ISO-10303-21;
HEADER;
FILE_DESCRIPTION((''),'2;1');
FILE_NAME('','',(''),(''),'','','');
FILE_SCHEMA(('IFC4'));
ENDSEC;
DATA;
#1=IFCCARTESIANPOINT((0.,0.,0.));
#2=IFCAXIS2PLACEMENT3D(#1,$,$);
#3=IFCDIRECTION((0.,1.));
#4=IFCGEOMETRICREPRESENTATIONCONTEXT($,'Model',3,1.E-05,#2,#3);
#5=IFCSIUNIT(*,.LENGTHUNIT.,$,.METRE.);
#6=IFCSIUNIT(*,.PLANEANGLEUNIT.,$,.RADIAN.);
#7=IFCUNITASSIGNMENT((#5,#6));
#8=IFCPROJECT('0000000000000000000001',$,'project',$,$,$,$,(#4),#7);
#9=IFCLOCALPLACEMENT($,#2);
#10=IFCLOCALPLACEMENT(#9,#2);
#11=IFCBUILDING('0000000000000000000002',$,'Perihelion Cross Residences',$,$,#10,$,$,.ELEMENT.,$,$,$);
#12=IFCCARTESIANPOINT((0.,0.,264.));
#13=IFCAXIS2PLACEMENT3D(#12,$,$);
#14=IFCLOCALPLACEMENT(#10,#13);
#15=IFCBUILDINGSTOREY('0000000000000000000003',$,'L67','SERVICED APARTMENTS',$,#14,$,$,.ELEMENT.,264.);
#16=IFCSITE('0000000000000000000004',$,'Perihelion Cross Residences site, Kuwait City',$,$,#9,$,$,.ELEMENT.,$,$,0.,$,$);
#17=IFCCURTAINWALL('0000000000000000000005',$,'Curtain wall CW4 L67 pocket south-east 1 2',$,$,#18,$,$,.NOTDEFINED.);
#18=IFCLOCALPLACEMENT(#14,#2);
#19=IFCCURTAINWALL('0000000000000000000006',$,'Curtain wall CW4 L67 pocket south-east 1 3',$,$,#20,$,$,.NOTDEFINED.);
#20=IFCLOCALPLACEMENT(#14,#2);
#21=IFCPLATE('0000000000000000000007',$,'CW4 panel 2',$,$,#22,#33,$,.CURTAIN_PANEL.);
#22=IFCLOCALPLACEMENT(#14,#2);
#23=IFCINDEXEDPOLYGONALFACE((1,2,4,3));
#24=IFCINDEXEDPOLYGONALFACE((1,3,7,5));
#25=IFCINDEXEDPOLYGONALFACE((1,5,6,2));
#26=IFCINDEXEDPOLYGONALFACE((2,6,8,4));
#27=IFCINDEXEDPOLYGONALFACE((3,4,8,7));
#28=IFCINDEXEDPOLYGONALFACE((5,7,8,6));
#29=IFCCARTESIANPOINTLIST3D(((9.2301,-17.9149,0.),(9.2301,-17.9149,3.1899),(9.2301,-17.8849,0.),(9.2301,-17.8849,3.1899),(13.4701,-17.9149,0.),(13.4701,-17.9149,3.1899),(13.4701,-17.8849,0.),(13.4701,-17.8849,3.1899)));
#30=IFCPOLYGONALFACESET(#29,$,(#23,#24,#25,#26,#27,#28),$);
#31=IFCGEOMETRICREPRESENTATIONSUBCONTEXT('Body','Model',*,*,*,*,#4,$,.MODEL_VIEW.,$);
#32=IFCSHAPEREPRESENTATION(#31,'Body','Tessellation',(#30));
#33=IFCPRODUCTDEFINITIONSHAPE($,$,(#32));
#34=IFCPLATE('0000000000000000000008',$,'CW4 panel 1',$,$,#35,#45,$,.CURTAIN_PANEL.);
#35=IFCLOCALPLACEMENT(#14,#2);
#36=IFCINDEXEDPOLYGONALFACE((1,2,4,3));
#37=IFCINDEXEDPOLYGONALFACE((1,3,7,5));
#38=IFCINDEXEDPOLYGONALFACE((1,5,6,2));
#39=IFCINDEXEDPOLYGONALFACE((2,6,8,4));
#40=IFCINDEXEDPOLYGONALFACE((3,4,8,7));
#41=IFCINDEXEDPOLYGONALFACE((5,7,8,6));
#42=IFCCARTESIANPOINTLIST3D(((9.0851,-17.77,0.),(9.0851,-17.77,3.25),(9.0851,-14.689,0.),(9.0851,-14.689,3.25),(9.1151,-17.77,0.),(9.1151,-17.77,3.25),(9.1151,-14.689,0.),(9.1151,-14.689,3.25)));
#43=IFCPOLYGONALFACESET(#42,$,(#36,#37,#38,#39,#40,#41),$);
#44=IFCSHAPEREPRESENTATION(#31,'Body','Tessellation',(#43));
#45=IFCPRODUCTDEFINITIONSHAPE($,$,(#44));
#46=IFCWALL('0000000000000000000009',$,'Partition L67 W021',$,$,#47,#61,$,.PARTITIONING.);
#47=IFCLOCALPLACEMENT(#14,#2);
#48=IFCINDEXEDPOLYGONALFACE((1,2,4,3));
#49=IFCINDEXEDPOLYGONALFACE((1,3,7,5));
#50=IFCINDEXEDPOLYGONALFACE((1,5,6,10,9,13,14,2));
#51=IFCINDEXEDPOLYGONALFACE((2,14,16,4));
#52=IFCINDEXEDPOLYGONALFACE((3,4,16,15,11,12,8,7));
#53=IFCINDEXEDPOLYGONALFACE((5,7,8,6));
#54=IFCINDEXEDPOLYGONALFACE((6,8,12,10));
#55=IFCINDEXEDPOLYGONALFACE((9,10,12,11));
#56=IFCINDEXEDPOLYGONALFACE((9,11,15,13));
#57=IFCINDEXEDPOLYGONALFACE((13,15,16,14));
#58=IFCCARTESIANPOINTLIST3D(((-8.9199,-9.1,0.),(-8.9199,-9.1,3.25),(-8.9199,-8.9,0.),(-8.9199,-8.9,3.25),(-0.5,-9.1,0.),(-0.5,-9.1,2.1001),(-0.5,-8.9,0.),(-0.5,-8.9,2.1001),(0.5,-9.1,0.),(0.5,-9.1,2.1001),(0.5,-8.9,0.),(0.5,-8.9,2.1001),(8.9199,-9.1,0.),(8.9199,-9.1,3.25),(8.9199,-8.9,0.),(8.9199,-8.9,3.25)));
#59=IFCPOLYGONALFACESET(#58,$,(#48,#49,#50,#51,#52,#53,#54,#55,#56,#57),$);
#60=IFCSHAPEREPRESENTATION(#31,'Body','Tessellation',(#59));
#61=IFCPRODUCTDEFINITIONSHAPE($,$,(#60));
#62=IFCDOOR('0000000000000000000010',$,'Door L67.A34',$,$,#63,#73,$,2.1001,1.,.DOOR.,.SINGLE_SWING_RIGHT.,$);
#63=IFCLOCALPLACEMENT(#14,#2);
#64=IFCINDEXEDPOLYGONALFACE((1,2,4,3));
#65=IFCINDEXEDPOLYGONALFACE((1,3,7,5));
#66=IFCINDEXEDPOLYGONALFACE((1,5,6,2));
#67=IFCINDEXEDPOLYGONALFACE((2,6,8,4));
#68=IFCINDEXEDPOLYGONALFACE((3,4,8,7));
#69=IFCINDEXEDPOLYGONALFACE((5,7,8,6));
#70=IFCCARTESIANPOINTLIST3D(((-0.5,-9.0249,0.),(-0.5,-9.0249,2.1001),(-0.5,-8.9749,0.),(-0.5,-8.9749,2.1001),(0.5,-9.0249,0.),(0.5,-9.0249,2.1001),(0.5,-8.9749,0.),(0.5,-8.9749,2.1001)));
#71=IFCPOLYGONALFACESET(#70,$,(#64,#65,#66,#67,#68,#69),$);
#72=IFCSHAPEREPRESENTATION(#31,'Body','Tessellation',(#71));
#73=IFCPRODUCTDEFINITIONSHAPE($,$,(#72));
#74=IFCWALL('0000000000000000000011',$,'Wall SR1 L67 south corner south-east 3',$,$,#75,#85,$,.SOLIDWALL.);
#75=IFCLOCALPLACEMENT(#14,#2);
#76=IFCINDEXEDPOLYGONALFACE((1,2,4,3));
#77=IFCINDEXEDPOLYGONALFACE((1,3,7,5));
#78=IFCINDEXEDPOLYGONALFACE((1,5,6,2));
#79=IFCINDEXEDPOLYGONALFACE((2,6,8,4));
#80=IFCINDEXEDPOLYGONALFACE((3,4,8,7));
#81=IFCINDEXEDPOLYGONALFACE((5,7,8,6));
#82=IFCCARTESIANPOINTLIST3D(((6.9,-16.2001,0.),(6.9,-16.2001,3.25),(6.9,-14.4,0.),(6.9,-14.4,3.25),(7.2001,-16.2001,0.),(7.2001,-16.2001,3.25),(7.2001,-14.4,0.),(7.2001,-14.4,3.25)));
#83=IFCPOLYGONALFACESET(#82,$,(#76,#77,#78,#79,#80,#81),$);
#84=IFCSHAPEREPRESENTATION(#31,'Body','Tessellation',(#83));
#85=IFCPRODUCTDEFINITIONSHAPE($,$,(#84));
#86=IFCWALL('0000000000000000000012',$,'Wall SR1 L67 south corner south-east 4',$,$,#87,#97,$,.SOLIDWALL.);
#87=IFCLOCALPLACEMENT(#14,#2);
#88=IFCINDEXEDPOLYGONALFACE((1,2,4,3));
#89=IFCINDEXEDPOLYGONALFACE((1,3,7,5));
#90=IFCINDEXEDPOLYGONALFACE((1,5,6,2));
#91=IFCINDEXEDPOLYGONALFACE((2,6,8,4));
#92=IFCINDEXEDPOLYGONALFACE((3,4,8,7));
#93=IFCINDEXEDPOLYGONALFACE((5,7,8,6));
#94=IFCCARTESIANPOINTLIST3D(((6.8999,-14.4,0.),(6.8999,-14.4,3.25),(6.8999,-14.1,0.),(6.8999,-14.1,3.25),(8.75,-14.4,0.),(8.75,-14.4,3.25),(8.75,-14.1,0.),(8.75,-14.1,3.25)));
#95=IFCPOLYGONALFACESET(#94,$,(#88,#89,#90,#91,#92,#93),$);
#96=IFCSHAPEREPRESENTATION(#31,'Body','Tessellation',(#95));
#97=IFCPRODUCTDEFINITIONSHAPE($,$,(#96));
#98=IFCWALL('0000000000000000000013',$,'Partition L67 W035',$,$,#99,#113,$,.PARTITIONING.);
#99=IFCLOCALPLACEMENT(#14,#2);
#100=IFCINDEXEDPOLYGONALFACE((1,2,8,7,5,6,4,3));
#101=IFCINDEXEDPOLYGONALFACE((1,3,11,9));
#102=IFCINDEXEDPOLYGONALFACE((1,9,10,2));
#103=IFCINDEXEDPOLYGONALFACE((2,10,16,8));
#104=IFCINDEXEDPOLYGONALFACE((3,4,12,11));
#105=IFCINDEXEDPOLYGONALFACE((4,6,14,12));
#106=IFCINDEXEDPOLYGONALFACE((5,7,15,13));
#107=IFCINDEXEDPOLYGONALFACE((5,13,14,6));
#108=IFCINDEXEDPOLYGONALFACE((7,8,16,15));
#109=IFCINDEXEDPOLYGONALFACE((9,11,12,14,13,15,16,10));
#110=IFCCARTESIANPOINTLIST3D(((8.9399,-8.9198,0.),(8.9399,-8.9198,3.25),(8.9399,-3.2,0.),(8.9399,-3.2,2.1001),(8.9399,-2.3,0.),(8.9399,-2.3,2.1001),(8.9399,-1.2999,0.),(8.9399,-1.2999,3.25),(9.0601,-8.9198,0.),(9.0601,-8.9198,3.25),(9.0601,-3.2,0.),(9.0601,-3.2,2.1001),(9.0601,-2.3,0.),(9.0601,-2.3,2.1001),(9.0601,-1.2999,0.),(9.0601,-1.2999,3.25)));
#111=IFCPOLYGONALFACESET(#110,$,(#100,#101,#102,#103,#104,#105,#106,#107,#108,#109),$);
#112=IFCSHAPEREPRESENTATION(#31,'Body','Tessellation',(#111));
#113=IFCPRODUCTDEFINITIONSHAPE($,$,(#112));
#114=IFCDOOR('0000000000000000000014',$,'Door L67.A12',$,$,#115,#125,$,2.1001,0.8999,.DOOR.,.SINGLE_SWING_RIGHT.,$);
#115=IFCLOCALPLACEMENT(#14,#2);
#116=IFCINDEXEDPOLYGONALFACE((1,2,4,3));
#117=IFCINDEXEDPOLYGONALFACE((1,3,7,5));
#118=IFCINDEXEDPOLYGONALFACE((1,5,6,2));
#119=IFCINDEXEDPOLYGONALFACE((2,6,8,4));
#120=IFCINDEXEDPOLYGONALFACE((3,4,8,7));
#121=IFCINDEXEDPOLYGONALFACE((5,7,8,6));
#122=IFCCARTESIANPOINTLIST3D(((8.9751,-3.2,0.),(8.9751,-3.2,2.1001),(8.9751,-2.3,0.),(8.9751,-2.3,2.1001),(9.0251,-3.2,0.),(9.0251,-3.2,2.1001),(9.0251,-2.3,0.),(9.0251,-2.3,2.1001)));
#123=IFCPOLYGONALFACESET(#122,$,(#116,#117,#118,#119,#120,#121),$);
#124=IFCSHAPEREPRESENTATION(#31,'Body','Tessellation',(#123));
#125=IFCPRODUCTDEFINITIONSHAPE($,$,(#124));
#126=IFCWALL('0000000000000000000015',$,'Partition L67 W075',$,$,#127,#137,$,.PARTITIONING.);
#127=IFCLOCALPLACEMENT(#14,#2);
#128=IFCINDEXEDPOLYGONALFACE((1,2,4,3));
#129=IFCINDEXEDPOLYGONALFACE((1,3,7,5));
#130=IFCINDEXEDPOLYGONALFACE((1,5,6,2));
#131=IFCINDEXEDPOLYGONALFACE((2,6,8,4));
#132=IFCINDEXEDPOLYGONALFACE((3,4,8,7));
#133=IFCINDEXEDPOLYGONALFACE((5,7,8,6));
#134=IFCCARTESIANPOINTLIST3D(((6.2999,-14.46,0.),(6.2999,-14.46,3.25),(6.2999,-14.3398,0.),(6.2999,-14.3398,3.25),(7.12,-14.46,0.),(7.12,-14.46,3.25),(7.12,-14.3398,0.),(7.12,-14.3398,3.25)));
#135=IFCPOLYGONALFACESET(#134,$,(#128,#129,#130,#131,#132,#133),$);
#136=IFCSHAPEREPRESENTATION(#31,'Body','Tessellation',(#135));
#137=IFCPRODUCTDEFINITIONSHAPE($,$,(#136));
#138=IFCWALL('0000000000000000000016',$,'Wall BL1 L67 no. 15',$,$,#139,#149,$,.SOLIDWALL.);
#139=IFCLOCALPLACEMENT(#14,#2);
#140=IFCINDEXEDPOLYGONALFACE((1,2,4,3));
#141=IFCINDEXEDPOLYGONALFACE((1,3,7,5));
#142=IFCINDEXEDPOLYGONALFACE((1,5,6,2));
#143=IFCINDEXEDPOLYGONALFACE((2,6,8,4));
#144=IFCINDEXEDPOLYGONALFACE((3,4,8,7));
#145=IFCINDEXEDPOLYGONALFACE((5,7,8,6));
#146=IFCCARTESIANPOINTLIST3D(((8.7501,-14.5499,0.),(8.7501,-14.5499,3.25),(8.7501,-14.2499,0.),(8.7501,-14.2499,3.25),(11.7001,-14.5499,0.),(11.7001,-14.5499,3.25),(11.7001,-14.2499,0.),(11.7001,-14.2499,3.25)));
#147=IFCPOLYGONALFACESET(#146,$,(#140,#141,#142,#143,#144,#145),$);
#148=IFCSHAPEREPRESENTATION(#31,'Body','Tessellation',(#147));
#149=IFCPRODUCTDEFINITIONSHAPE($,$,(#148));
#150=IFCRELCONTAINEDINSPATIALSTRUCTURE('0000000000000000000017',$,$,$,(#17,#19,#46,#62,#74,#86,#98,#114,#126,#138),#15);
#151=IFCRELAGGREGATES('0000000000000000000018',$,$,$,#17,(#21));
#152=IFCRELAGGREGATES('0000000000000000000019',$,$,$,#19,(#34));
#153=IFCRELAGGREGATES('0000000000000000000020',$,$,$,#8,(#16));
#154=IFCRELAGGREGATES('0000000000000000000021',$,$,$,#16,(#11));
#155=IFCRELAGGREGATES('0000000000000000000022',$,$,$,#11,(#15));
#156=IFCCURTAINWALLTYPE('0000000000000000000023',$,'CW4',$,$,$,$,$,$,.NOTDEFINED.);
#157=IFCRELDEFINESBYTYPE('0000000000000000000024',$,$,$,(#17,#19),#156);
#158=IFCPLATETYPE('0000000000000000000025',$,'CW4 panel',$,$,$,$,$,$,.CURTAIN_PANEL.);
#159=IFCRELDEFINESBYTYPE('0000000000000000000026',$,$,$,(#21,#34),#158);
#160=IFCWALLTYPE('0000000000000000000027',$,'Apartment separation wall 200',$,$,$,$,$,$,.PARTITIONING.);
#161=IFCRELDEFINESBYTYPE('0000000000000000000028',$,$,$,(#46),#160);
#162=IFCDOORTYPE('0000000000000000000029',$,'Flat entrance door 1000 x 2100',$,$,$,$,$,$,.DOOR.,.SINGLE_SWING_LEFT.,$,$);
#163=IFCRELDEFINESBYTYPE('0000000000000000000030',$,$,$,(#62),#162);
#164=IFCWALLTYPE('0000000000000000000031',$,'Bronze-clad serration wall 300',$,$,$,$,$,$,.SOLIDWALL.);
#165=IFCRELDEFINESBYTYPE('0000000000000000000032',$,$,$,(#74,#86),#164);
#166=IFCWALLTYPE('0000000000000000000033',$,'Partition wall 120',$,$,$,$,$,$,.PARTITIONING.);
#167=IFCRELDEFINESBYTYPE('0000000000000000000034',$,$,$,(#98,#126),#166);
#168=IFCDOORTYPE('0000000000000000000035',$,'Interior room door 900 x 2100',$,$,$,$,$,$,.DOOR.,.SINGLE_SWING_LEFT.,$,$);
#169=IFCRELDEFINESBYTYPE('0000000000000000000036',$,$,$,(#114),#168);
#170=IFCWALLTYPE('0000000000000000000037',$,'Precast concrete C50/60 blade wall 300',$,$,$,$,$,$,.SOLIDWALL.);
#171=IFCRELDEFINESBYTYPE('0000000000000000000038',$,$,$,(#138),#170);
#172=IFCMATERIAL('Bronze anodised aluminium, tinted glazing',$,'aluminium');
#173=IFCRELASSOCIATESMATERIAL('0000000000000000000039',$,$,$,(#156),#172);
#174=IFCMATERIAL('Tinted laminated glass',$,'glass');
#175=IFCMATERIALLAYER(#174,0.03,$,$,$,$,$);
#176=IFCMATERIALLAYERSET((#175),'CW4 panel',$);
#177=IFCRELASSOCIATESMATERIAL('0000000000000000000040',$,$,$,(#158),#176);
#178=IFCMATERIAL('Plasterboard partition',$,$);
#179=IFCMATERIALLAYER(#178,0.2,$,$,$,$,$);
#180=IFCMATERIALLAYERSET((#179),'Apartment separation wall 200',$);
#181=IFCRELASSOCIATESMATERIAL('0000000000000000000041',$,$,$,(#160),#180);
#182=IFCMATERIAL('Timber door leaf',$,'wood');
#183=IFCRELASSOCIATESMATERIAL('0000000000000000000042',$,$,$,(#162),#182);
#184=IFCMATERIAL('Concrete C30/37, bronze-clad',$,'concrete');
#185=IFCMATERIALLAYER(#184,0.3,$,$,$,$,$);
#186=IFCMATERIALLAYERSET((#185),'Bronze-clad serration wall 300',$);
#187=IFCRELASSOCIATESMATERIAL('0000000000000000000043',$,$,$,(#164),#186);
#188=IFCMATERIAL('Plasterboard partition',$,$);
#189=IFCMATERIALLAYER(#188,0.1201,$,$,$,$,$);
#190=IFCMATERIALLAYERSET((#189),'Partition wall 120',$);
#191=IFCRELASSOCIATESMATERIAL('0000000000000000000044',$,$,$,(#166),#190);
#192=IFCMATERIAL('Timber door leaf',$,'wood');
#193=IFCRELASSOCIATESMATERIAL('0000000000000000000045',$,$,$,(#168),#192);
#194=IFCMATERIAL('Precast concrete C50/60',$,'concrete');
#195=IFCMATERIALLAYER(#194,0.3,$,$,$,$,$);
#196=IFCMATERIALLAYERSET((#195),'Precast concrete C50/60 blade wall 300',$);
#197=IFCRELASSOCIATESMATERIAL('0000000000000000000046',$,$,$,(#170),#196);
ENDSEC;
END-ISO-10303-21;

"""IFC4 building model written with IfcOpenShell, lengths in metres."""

from ifc_helpers import new_model, si_unit, direction, frame, frame_2d, origin, origin_2d, place, context, subcontext, project, spatial, rectangle, extrude, material, layer, layer_set, type_object, element, fill, aggregate, save


model = new_model("IFC4")

# Units and contexts
model_context = context("Model", 3, precision=1e-05, world=origin(), true_north=direction((0.0, 1.0)))
body_context = subcontext(model_context, "Body", "Model", "MODEL_VIEW")
ifc_project = project(units=[si_unit("LENGTHUNIT", "METRE"), si_unit("PLANEANGLEUNIT", "RADIAN")], contexts=[model_context])

# Site, building, storey
site_placement = place(None, origin())
site = spatial("IfcSite", under=ifc_project, at=site_placement, Name="Perihelion Cross Residences site, Kuwait City", CompositionType="ELEMENT", RefElevation=0.0)
building_placement = place(site_placement, origin())
building = spatial("IfcBuilding", under=site, at=building_placement, Name="Perihelion Cross Residences", CompositionType="ELEMENT")
storey_placement = place(building_placement, frame((0.0, 0.0, 264.0)))
storey = spatial("IfcBuildingStorey", under=building, at=storey_placement, Name="L67", Description="SERVICED APARTMENTS", CompositionType="ELEMENT", Elevation=264.0)

# Curtain wall
ifc_material_1 = material(Name="Bronze anodised aluminium, tinted glazing", Category="aluminium")
curtain_wall_type_1 = type_object("IfcCurtainWallType", Name="CW4", PredefinedType="NOTDEFINED", material=ifc_material_1)
curtain_wall_1_placement = place(storey_placement, origin())
curtain_wall_1 = element("IfcCurtainWall", 1, at=curtain_wall_1_placement, inside=storey, type_object=curtain_wall_type_1, Name="Curtain wall CW4 L67 pocket south-east 1 2", PredefinedType="NOTDEFINED")

# Curtain wall
curtain_wall_2_placement = place(storey_placement, origin())
curtain_wall_2 = element("IfcCurtainWall", 2, at=curtain_wall_2_placement, inside=storey, type_object=curtain_wall_type_1, Name="Curtain wall CW4 L67 pocket south-east 1 3", PredefinedType="NOTDEFINED")

# Plates
ifc_material_2 = material(Name="Tinted laminated glass", Category="glass")
ifc_layer_1 = layer(ifc_material_2, 0.03)
ifc_layer_set_1 = layer_set([ifc_layer_1], Name="CW4 panel")
plate_type_1 = type_object("IfcPlateType", Name="CW4 panel", PredefinedType="CURTAIN_PANEL", material=ifc_layer_set_1)
plate_1_placement = place(storey_placement, frame((11.3501, -17.8999, 0.0), z_axis=(0.0, 0.0, 1.0), x_axis=(-1.0, 0.0, 0.0)))
plate_1 = element("IfcPlate", 3, at=plate_1_placement, type_object=plate_type_1, Name="CW4 panel 2", PredefinedType="CURTAIN_PANEL", context=body_context, shape_type="SweptSolid", body=[
    extrude(rectangle(XDim=4.24, YDim=0.03, at=origin_2d()), origin(), (0.0, 0.0, 1.0), 3.1899),
])
aggregate(curtain_wall_1, [plate_1])
plate_2_placement = place(storey_placement, frame((9.1001, -16.2295, 0.0), z_axis=(0.0, 0.0, 1.0), x_axis=(0.0, 1.0, 0.0)))
plate_2 = element("IfcPlate", 4, at=plate_2_placement, type_object=plate_type_1, Name="CW4 panel 1", PredefinedType="CURTAIN_PANEL", context=body_context, shape_type="SweptSolid", body=[
    extrude(rectangle(XDim=3.0811, YDim=0.03, at=origin_2d()), origin(), (0.0, 0.0, 1.0), 3.25),
])
aggregate(curtain_wall_2, [plate_2])

# Wall, opening, door
ifc_material_3 = material(Name="Plasterboard partition")
ifc_layer_2 = layer(ifc_material_3, 0.2)
ifc_layer_set_2 = layer_set([ifc_layer_2], Name="Apartment separation wall 200")
wall_type_1 = type_object("IfcWallType", Name="Apartment separation wall 200", PredefinedType="PARTITIONING", material=ifc_layer_set_2)
wall_1_placement = place(storey_placement, frame((8.9199, -9.0, 0.0), z_axis=(0.0, 0.0, 1.0), x_axis=(-1.0, 0.0, 0.0)))
wall_1 = element("IfcWall", 5, at=wall_1_placement, inside=storey, type_object=wall_type_1, Name="Partition L67 W021", PredefinedType="PARTITIONING", context=body_context, shape_type="SweptSolid", body=[
    extrude(rectangle(XDim=17.8398, YDim=0.2, at=frame_2d((8.9199, 0.0))), origin(), (0.0, 0.0, 1.0), 3.25),
])
opening_1_placement = place(wall_1_placement, frame((8.4199, 0.0, 0.0)))
opening_1 = element("IfcOpeningElement", 6, at=opening_1_placement, cuts=wall_1, PredefinedType="OPENING", context=body_context, shape_type="SweptSolid", body=[
    extrude(rectangle(XDim=1.0, YDim=2.1001, at=frame_2d((0.5, 1.05))), frame((0.0, 0.1099, 0.0), z_axis=(0.0, -1.0, 0.0), x_axis=(1.0, 0.0, 0.0)), (0.0, 0.0, 1.0), 0.22),
])
ifc_material_4 = material(Name="Timber door leaf", Category="wood")
door_type_1 = type_object("IfcDoorType", Name="Flat entrance door 1000 x 2100", OperationType="SINGLE_SWING_LEFT", PredefinedType="DOOR", material=ifc_material_4)
door_1_placement = place(opening_1_placement, origin())
door_1 = element("IfcDoor", 7, at=door_1_placement, inside=storey, type_object=door_type_1, Name="Door L67.A34", OperationType="SINGLE_SWING_RIGHT", OverallHeight=2.1001, OverallWidth=1.0, PredefinedType="DOOR", context=body_context, shape_type="SweptSolid", body=[
    extrude(rectangle(XDim=1.0, YDim=2.1001, at=frame_2d((0.5, 1.05))), frame((0.0, 0.0249, 0.0), z_axis=(0.0, -1.0, 0.0), x_axis=(1.0, 0.0, 0.0)), (0.0, 0.0, 1.0), 0.05),
])
fill(opening_1, door_1)

# Walls
ifc_material_5 = material(Name="Concrete C30/37, bronze-clad", Category="concrete")
ifc_layer_3 = layer(ifc_material_5, 0.3)
ifc_layer_set_3 = layer_set([ifc_layer_3], Name="Bronze-clad serration wall 300")
wall_type_2 = type_object("IfcWallType", Name="Bronze-clad serration wall 300", PredefinedType="SOLIDWALL", material=ifc_layer_set_3)
wall_2_placement = place(storey_placement, frame((7.05, -16.2, 0.0), z_axis=(0.0, 0.0, 1.0), x_axis=(0.0, 1.0, 0.0)))
element("IfcWall", 8, at=wall_2_placement, inside=storey, type_object=wall_type_2, Name="Wall SR1 L67 south corner south-east 3", PredefinedType="SOLIDWALL", context=body_context, shape_type="SweptSolid", body=[
    extrude(rectangle(XDim=1.8, YDim=0.3, at=frame_2d((0.8999, 0.0))), origin(), (0.0, 0.0, 1.0), 3.25),
])
wall_3_placement = place(storey_placement, frame((6.8999, -14.25, 0.0), z_axis=(0.0, 0.0, 1.0), x_axis=(1.0, 0.0, 0.0)))
element("IfcWall", 9, at=wall_3_placement, inside=storey, type_object=wall_type_2, Name="Wall SR1 L67 south corner south-east 4", PredefinedType="SOLIDWALL", context=body_context, shape_type="SweptSolid", body=[
    extrude(rectangle(XDim=1.8501, YDim=0.3, at=frame_2d((0.925, 0.0))), origin(), (0.0, 0.0, 1.0), 3.25),
])

# Wall, opening, door
ifc_material_6 = material(Name="Plasterboard partition")
ifc_layer_4 = layer(ifc_material_6, 0.1201)
ifc_layer_set_4 = layer_set([ifc_layer_4], Name="Partition wall 120")
wall_type_3 = type_object("IfcWallType", Name="Partition wall 120", PredefinedType="PARTITIONING", material=ifc_layer_set_4)
wall_4_placement = place(storey_placement, frame((9.0, -8.9199, 0.0), z_axis=(0.0, 0.0, 1.0), x_axis=(0.0, 1.0, 0.0)))
wall_4 = element("IfcWall", 10, at=wall_4_placement, inside=storey, type_object=wall_type_3, Name="Partition L67 W035", PredefinedType="PARTITIONING", context=body_context, shape_type="SweptSolid", body=[
    extrude(rectangle(XDim=7.6199, YDim=0.1201, at=frame_2d((3.8101, 0.0))), origin(), (0.0, 0.0, 1.0), 3.25),
])
opening_2_placement = place(wall_4_placement, frame((5.72, 0.0, 0.0)))
opening_2 = element("IfcOpeningElement", 11, at=opening_2_placement, cuts=wall_4, PredefinedType="OPENING", context=body_context, shape_type="SweptSolid", body=[
    extrude(rectangle(XDim=0.8999, YDim=2.1001, at=frame_2d((0.45, 1.05))), frame((0.0, 0.0701, 0.0), z_axis=(0.0, -1.0, 0.0), x_axis=(1.0, 0.0, 0.0)), (0.0, 0.0, 1.0), 0.1401),
])
ifc_material_7 = material(Name="Timber door leaf", Category="wood")
door_type_2 = type_object("IfcDoorType", Name="Interior room door 900 x 2100", OperationType="SINGLE_SWING_LEFT", PredefinedType="DOOR", material=ifc_material_7)
door_2_placement = place(opening_2_placement, origin())
door_2 = element("IfcDoor", 12, at=door_2_placement, inside=storey, type_object=door_type_2, Name="Door L67.A12", OperationType="SINGLE_SWING_RIGHT", OverallHeight=2.1001, OverallWidth=0.8999, PredefinedType="DOOR", context=body_context, shape_type="SweptSolid", body=[
    extrude(rectangle(XDim=0.8999, YDim=2.1001, at=frame_2d((0.45, 1.05))), frame((0.0, 0.0249, 0.0), z_axis=(0.0, -1.0, 0.0), x_axis=(1.0, 0.0, 0.0)), (0.0, 0.0, 1.0), 0.05),
])
fill(opening_2, door_2)

# Walls
wall_5_placement = place(storey_placement, frame((7.1201, -14.3999, 0.0), z_axis=(0.0, 0.0, 1.0), x_axis=(-1.0, 0.0, 0.0)))
element("IfcWall", 13, at=wall_5_placement, inside=storey, type_object=wall_type_3, Name="Partition L67 W075", PredefinedType="PARTITIONING", context=body_context, shape_type="SweptSolid", body=[
    extrude(rectangle(XDim=0.8201, YDim=0.1201, at=frame_2d((0.4102, 0.0))), origin(), (0.0, 0.0, 1.0), 3.25),
])
ifc_material_8 = material(Name="Precast concrete C50/60", Category="concrete")
ifc_layer_5 = layer(ifc_material_8, 0.3)
ifc_layer_set_5 = layer_set([ifc_layer_5], Name="Precast concrete C50/60 blade wall 300")
wall_type_4 = type_object("IfcWallType", Name="Precast concrete C50/60 blade wall 300", PredefinedType="SOLIDWALL", material=ifc_layer_set_5)
wall_6_placement = place(storey_placement, frame((8.75, -14.3999, 0.0), z_axis=(0.0, 0.0, 1.0), x_axis=(1.0, 0.0, 0.0)))
element("IfcWall", 14, at=wall_6_placement, inside=storey, type_object=wall_type_4, Name="Wall BL1 L67 no. 15", PredefinedType="SOLIDWALL", context=body_context, shape_type="SweptSolid", body=[
    extrude(rectangle(XDim=2.95, YDim=0.3, at=frame_2d((1.4751, 0.0))), origin(), (0.0, 0.0, 1.0), 3.25),
])

save(model, "model.ifc")
